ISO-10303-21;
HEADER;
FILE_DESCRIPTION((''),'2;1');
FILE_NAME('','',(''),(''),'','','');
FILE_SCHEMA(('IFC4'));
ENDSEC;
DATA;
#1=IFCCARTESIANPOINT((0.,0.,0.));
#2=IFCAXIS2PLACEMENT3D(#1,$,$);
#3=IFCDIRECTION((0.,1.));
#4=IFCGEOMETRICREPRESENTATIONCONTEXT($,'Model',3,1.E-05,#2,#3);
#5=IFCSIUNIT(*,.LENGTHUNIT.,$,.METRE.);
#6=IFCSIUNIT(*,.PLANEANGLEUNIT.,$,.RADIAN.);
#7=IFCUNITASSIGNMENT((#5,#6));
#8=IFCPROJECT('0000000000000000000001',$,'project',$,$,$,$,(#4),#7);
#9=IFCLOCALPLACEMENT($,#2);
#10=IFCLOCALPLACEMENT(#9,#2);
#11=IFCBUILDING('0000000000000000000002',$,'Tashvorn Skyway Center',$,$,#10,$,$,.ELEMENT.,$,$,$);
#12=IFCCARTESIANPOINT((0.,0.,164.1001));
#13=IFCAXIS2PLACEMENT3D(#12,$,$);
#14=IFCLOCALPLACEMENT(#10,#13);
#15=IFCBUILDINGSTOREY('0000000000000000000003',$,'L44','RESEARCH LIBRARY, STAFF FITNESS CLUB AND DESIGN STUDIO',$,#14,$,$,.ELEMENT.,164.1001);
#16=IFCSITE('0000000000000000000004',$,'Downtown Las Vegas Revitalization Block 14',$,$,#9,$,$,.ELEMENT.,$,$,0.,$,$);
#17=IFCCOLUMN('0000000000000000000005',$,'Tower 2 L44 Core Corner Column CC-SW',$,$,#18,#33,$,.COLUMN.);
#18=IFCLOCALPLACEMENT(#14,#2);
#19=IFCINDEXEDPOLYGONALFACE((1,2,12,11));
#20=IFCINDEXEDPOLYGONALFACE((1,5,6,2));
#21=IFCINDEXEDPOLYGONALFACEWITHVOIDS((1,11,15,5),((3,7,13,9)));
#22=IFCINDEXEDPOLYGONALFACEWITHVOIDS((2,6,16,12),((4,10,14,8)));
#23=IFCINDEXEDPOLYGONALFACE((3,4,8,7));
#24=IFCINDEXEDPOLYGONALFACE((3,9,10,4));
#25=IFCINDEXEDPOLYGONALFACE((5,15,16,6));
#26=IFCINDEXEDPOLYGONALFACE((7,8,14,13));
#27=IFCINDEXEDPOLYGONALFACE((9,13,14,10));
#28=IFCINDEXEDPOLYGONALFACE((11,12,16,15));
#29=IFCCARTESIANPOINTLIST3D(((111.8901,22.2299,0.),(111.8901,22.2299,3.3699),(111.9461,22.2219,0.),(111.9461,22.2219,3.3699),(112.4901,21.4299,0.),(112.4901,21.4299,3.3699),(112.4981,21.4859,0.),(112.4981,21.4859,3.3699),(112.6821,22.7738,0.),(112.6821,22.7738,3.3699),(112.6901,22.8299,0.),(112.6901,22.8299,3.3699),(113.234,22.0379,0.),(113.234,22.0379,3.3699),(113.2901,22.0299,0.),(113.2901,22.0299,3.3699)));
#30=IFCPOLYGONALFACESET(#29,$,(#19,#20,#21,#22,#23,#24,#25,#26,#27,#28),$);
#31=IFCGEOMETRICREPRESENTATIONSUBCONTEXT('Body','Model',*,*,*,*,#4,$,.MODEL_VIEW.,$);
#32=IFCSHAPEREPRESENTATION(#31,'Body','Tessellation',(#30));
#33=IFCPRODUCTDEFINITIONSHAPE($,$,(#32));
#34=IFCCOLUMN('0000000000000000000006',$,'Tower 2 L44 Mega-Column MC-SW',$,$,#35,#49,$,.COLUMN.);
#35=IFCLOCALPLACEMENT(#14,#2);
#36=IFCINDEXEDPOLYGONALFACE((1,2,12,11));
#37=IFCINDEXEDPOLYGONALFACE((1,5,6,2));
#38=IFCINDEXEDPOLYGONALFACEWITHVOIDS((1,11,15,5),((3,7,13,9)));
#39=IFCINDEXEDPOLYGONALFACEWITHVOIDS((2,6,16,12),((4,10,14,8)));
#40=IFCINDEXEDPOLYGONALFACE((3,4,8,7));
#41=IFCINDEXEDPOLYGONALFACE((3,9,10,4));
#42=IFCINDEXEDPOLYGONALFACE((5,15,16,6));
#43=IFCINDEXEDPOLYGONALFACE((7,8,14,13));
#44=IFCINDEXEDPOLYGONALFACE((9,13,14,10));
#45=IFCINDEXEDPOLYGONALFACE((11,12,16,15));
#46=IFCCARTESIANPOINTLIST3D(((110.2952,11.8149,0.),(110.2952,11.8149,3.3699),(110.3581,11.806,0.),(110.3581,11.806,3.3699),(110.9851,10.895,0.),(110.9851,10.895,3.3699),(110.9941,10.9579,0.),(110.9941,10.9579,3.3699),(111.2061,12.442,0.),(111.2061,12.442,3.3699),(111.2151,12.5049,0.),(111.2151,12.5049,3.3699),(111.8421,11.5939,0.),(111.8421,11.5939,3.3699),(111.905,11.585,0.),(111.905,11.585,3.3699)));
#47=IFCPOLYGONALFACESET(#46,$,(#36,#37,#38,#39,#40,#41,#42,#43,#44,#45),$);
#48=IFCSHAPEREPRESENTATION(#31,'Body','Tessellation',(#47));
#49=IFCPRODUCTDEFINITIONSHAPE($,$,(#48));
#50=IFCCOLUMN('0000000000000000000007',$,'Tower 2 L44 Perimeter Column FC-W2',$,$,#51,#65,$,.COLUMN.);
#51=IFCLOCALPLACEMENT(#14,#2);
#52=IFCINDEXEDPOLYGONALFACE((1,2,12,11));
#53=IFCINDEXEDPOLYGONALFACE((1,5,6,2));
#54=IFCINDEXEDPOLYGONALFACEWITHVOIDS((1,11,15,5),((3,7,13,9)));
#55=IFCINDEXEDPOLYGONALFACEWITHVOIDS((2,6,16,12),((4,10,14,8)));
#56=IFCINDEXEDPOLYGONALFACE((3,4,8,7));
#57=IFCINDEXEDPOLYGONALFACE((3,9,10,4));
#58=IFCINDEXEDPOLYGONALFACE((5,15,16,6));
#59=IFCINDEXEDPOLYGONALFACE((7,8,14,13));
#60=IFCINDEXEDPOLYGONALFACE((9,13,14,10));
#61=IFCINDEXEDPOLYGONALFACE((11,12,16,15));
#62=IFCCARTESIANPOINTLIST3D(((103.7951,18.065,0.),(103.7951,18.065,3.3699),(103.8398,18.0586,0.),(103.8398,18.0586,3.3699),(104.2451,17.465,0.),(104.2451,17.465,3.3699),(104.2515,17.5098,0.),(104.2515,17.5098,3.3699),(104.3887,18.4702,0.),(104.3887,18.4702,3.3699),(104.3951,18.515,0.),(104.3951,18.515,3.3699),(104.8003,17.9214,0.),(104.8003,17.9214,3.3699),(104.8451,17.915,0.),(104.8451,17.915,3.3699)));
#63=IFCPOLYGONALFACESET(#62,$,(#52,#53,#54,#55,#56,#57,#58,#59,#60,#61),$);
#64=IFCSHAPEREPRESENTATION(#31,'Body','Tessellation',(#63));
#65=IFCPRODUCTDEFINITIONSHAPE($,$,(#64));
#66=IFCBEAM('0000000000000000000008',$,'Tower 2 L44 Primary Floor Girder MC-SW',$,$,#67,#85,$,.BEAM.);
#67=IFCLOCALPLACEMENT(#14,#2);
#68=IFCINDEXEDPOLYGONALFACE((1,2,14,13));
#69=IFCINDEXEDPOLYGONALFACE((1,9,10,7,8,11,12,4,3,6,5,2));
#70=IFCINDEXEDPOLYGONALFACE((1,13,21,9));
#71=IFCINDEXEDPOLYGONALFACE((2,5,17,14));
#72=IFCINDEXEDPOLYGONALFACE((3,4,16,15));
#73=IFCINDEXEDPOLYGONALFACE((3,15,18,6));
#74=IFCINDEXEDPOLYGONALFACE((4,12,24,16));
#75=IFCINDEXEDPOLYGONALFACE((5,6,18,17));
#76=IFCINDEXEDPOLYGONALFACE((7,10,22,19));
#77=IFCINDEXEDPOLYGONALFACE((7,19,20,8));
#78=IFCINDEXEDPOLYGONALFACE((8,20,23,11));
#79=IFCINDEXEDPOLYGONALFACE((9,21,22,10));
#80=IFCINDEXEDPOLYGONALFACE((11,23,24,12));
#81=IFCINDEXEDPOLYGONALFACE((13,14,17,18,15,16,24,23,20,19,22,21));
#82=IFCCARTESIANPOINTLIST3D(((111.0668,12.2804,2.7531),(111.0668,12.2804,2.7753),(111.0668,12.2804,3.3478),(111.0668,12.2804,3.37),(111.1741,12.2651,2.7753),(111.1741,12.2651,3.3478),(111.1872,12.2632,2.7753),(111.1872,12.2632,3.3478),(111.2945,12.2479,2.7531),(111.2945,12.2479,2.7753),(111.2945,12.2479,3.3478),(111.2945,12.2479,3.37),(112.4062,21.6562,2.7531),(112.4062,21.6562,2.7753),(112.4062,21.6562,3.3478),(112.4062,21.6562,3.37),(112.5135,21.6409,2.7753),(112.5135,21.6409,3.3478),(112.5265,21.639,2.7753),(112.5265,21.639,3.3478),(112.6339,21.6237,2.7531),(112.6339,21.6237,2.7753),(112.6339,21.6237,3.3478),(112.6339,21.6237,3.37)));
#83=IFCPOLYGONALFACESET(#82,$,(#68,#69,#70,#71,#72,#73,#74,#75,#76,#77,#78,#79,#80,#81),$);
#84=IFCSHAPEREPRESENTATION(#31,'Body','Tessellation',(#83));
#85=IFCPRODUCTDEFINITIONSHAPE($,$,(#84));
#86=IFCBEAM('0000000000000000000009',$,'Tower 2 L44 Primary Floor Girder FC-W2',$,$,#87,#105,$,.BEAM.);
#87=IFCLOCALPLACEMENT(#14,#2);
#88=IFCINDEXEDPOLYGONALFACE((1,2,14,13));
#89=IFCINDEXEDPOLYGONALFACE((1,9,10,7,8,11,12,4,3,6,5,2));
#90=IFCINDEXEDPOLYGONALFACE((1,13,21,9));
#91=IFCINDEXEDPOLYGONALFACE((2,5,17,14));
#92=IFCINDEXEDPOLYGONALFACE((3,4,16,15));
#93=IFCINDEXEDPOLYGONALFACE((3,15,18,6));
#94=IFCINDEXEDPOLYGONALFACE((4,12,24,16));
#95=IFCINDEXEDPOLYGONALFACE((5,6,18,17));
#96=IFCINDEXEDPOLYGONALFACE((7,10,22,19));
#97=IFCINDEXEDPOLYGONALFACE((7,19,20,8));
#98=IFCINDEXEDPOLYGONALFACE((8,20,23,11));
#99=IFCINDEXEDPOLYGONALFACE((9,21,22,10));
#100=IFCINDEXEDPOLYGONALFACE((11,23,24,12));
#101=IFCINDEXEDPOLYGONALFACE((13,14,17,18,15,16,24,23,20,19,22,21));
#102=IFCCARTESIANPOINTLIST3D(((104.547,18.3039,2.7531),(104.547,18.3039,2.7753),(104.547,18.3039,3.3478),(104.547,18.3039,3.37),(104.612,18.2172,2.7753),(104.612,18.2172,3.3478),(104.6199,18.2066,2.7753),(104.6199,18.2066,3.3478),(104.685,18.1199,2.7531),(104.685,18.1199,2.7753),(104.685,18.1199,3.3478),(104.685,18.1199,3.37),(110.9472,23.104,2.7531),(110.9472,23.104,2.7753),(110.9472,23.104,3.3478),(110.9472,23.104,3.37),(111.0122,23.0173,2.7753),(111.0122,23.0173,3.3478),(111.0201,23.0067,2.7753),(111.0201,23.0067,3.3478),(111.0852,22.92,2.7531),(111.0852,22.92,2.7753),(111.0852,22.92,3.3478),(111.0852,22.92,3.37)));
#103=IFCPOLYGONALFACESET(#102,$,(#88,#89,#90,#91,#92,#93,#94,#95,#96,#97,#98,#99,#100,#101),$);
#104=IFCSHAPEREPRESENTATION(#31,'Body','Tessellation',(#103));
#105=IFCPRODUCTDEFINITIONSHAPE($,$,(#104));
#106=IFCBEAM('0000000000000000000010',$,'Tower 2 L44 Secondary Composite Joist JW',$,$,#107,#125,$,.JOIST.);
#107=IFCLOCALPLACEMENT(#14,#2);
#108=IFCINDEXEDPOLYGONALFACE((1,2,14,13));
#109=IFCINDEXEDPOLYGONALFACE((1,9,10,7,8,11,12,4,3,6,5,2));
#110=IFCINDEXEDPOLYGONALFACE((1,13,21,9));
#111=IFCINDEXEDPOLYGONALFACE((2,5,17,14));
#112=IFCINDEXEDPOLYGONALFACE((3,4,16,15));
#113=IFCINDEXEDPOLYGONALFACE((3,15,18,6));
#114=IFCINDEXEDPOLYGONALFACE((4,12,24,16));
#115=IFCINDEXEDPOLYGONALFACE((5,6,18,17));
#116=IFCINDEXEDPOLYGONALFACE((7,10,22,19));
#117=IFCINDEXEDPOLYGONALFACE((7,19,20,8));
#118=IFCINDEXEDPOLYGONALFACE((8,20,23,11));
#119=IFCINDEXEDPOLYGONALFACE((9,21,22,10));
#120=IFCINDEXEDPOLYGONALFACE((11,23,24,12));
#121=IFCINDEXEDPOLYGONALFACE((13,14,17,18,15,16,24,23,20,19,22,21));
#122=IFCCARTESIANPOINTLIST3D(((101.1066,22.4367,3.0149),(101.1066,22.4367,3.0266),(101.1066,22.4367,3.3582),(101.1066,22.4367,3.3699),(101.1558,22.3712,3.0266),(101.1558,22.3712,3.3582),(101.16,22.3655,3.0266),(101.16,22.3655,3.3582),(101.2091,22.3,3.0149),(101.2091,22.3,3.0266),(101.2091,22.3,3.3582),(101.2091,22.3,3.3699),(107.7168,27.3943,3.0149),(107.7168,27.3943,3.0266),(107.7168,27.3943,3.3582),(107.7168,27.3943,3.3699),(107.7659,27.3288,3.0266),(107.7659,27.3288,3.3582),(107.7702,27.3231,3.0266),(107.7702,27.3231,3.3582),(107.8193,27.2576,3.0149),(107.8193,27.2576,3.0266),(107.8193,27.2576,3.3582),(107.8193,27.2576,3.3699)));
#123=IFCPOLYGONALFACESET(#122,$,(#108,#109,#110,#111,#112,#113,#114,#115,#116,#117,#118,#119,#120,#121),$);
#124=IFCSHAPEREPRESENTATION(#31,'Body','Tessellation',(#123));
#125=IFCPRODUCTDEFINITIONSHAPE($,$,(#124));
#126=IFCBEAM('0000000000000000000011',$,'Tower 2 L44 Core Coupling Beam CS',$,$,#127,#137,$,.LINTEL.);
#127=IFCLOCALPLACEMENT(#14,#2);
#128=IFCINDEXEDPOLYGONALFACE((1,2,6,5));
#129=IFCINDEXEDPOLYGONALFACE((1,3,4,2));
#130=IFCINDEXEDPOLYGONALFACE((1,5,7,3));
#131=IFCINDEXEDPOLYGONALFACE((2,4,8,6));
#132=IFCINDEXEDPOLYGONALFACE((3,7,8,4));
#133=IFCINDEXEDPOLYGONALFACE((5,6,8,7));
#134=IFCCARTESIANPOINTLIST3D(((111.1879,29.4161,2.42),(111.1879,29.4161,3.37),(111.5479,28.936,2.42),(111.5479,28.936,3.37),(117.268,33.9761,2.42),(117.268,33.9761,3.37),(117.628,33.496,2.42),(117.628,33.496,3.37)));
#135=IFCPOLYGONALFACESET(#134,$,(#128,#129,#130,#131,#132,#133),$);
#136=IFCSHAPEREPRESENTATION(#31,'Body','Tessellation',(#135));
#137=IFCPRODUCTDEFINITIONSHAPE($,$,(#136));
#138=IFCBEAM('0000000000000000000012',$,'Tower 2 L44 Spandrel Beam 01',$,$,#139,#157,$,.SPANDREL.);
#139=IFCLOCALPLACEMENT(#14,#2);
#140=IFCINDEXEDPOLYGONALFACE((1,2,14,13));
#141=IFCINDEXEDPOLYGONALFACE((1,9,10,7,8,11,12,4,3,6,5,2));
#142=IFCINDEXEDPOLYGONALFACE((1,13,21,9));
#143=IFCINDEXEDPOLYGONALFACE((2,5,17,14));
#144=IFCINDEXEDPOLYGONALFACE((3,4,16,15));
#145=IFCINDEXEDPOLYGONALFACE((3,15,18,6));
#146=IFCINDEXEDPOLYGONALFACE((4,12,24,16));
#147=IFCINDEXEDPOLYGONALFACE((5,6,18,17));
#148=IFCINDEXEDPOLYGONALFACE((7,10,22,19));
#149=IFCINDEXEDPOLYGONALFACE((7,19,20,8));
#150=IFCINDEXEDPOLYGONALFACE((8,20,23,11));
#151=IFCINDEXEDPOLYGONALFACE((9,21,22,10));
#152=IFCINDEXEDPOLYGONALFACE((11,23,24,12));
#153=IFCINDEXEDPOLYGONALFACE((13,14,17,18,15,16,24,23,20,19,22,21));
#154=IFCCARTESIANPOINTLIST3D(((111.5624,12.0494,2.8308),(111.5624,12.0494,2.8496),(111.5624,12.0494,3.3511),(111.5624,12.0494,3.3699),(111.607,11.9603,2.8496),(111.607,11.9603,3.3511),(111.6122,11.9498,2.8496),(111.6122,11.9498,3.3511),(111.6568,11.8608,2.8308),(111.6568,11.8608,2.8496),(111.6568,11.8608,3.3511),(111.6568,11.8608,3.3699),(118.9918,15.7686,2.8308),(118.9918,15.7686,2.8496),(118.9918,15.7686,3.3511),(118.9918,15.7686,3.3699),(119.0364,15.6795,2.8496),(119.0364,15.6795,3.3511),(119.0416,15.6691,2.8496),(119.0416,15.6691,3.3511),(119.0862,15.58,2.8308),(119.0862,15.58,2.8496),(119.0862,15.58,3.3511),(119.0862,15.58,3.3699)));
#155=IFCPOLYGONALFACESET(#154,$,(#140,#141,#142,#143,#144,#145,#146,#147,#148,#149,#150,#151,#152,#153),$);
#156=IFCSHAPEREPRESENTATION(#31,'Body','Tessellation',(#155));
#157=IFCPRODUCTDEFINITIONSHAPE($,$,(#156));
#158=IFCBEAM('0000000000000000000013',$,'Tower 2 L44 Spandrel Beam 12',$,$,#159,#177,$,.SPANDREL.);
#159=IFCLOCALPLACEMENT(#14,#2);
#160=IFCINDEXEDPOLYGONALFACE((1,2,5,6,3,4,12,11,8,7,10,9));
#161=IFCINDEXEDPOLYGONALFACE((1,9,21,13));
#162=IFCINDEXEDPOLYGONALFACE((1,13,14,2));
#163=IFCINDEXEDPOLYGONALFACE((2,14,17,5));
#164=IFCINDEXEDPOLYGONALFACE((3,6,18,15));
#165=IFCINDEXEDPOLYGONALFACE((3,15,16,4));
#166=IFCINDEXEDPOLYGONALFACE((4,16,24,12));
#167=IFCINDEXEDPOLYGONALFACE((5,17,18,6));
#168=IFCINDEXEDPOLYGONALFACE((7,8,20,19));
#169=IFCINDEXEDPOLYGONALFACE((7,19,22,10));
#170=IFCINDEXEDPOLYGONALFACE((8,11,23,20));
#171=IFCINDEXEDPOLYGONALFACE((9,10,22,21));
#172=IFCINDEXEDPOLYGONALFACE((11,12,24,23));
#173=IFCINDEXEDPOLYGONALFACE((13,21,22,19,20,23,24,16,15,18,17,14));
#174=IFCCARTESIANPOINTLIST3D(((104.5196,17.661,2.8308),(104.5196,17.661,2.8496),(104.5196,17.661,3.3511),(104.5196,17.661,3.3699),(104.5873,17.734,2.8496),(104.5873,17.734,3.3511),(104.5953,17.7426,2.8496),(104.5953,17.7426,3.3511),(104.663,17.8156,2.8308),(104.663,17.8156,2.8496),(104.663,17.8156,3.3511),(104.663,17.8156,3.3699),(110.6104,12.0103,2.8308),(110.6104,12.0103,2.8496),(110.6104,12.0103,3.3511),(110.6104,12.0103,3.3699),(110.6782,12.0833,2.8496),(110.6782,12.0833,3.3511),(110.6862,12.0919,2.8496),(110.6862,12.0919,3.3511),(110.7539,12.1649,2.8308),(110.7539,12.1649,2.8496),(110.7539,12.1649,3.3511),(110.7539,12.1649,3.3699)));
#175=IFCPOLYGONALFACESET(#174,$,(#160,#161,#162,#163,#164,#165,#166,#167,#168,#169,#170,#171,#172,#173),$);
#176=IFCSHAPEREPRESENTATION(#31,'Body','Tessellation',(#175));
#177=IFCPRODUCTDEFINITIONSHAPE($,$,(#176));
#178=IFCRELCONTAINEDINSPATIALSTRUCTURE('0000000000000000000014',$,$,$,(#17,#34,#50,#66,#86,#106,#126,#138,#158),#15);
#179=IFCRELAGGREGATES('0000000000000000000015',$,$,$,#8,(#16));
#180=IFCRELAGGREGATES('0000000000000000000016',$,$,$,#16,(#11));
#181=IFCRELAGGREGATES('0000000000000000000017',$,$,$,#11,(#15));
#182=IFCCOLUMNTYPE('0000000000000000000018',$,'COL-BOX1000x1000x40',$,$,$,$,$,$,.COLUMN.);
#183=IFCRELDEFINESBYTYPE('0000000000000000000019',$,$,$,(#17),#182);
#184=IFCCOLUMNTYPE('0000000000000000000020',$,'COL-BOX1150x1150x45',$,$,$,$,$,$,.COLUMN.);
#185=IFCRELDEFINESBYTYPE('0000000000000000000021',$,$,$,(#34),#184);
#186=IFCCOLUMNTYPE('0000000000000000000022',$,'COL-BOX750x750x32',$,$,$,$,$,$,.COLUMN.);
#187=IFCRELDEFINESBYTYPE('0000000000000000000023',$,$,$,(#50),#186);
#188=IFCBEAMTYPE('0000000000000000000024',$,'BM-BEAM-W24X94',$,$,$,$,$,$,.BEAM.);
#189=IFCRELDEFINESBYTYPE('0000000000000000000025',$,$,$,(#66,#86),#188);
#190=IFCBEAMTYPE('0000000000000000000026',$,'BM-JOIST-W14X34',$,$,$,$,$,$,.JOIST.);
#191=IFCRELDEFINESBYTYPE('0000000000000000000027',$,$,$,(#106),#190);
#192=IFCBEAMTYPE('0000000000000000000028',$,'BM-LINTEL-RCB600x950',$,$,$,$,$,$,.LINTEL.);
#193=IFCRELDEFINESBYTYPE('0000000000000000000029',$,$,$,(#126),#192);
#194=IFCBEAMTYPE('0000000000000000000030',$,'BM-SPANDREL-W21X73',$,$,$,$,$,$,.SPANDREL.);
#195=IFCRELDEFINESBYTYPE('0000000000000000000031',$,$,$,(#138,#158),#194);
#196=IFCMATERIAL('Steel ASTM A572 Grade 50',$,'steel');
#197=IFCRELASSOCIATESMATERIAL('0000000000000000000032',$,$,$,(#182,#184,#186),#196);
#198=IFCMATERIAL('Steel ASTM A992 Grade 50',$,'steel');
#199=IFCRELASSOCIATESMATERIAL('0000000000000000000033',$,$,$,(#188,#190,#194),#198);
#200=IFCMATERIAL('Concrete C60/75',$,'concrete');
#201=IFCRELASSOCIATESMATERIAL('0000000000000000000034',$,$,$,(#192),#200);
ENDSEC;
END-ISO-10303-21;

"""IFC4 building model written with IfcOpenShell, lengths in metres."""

from ifc_helpers import new_model, si_unit, direction, frame, origin, origin_2d, place, context, subcontext, project, spatial, rectangle, hollow_rectangle, i_section, extrude, material, material_profile, profile_set, type_object, element, save


model = new_model("IFC4")

# Units and contexts
model_context = context("Model", 3, precision=1e-05, world=origin(), true_north=direction((0.0, 1.0)))
body_context = subcontext(model_context, "Body", "Model", "MODEL_VIEW")
ifc_project = project(units=[si_unit("LENGTHUNIT", "METRE"), si_unit("PLANEANGLEUNIT", "RADIAN")], contexts=[model_context])

# Site, building, storey
site_placement = place(None, origin())
site = spatial("IfcSite", under=ifc_project, at=site_placement, Name="Downtown Las Vegas Revitalization Block 14", CompositionType="ELEMENT", RefElevation=0.0)
building_placement = place(site_placement, origin())
building = spatial("IfcBuilding", under=site, at=building_placement, Name="Tashvorn Skyway Center", CompositionType="ELEMENT")
storey_placement = place(building_placement, frame((0.0, 0.0, 164.1001)))
storey = spatial("IfcBuildingStorey", under=building, at=storey_placement, Name="L44", Description="RESEARCH LIBRARY, STAFF FITNESS CLUB AND DESIGN STUDIO", CompositionType="ELEMENT", Elevation=164.1001)

# Columns
ifc_material_1 = material(Name="Steel ASTM A572 Grade 50", Category="steel")
ifc_material_profile_1 = material_profile(ifc_material_1, hollow_rectangle(XDim=1.0, YDim=1.0, WallThickness=0.04, at=origin_2d()), Name="BOX1000x1000x40")
ifc_profile_set_1 = profile_set([ifc_material_profile_1], Name="Steel ASTM A572 Grade 50")
column_type_1 = type_object("IfcColumnType", Name="COL-BOX1000x1000x40", PredefinedType="COLUMN", material=ifc_profile_set_1)
column_1_placement = place(storey_placement, frame((112.5901, 22.1299, 0.0), z_axis=(0.0, 0.0, 1.0), x_axis=(0.8, 0.6, 0.0)))
element("IfcColumn", 1, at=column_1_placement, inside=storey, type_object=column_type_1, Name="Tower 2 L44 Core Corner Column CC-SW", PredefinedType="COLUMN", context=body_context, shape_type="SweptSolid", body=[
    extrude(hollow_rectangle(XDim=1.0, YDim=1.0, WallThickness=0.04, at=origin_2d()), origin(), (0.0, 0.0, 1.0), 3.3699),
])
ifc_material_profile_2 = material_profile(ifc_material_1, hollow_rectangle(XDim=1.1499, YDim=1.1499, WallThickness=0.0449, at=origin_2d()), Name="BOX1150x1150x45")
ifc_profile_set_2 = profile_set([ifc_material_profile_2], Name="Steel ASTM A572 Grade 50")
column_type_2 = type_object("IfcColumnType", Name="COL-BOX1150x1150x45", PredefinedType="COLUMN", material=ifc_profile_set_2)
column_2_placement = place(storey_placement, frame((111.1001, 11.7, 0.0), z_axis=(0.0, 0.0, 1.0), x_axis=(0.8, 0.6, 0.0)))
element("IfcColumn", 2, at=column_2_placement, inside=storey, type_object=column_type_2, Name="Tower 2 L44 Mega-Column MC-SW", PredefinedType="COLUMN", context=body_context, shape_type="SweptSolid", body=[
    extrude(hollow_rectangle(XDim=1.1499, YDim=1.1499, WallThickness=0.0449, at=origin_2d()), origin(), (0.0, 0.0, 1.0), 3.3699),
])
ifc_material_profile_3 = material_profile(ifc_material_1, hollow_rectangle(XDim=0.75, YDim=0.75, WallThickness=0.032, at=origin_2d()), Name="BOX750x750x32")
ifc_profile_set_3 = profile_set([ifc_material_profile_3], Name="Steel ASTM A572 Grade 50")
column_type_3 = type_object("IfcColumnType", Name="COL-BOX750x750x32", PredefinedType="COLUMN", material=ifc_profile_set_3)
column_3_placement = place(storey_placement, frame((104.3201, 17.99, 0.0), z_axis=(0.0, 0.0, 1.0), x_axis=(0.8, 0.6, 0.0)))
element("IfcColumn", 3, at=column_3_placement, inside=storey, type_object=column_type_3, Name="Tower 2 L44 Perimeter Column FC-W2", PredefinedType="COLUMN", context=body_context, shape_type="SweptSolid", body=[
    extrude(hollow_rectangle(XDim=0.75, YDim=0.75, WallThickness=0.032, at=origin_2d()), origin(), (0.0, 0.0, 1.0), 3.3699),
])

# Beams
ifc_material_2 = material(Name="Steel ASTM A992 Grade 50", Category="steel")
ifc_material_profile_4 = material_profile(ifc_material_2, i_section(OverallWidth=0.23, OverallDepth=0.6169, WebThickness=0.0132, FlangeThickness=0.0222, at=origin_2d()), Name="W24X94")
ifc_profile_set_4 = profile_set([ifc_material_profile_4], Name="Steel ASTM A992 Grade 50")
beam_type_1 = type_object("IfcBeamType", Name="BM-BEAM-W24X94", PredefinedType="BEAM", material=ifc_profile_set_4)
beam_1_placement = place(storey_placement, frame((111.1807, 12.2642, 3.0615), z_axis=(0.141418, 0.98995, 0.0), x_axis=(-0.98995, 0.141418, 0.0)))
element("IfcBeam", 4, at=beam_1_placement, inside=storey, type_object=beam_type_1, Name="Tower 2 L44 Primary Floor Girder MC-SW", PredefinedType="BEAM", context=body_context, shape_type="SweptSolid", body=[
    extrude(i_section(OverallWidth=0.23, OverallDepth=0.6169, WebThickness=0.0132, FlangeThickness=0.0222, at=origin_2d()), origin(), (0.0, 0.0, 1.0), 9.4709),
])
beam_2_placement = place(storey_placement, frame((104.616, 18.2119, 3.0615), z_axis=(0.800004, 0.599995, 0.0), x_axis=(-0.599995, 0.800004, 0.0)))
element("IfcBeam", 5, at=beam_2_placement, inside=storey, type_object=beam_type_1, Name="Tower 2 L44 Primary Floor Girder FC-W2", PredefinedType="BEAM", context=body_context, shape_type="SweptSolid", body=[
    extrude(i_section(OverallWidth=0.23, OverallDepth=0.6169, WebThickness=0.0132, FlangeThickness=0.0222, at=origin_2d()), origin(), (0.0, 0.0, 1.0), 8.0002),
])
ifc_material_profile_5 = material_profile(ifc_material_2, i_section(OverallWidth=0.1709, OverallDepth=0.355, WebThickness=0.0071, FlangeThickness=0.0117, at=origin_2d()), Name="W14X34")
ifc_profile_set_5 = profile_set([ifc_material_profile_5], Name="Steel ASTM A992 Grade 50")
beam_type_2 = type_object("IfcBeamType", Name="BM-JOIST-W14X34", PredefinedType="JOIST", material=ifc_profile_set_5)
beam_3_placement = place(storey_placement, frame((107.7681, 27.3259, 3.1924), z_axis=(-0.800004, -0.599995, 0.0), x_axis=(0.599995, -0.800004, 0.0)))
element("IfcBeam", 6, at=beam_3_placement, inside=storey, type_object=beam_type_2, Name="Tower 2 L44 Secondary Composite Joist JW", PredefinedType="JOIST", context=body_context, shape_type="SweptSolid", body=[
    extrude(i_section(OverallWidth=0.1709, OverallDepth=0.355, WebThickness=0.0071, FlangeThickness=0.0117, at=origin_2d()), origin(), (0.0, 0.0, 1.0), 8.2627),
])
ifc_material_3 = material(Name="Concrete C60/75", Category="concrete")
ifc_material_profile_6 = material_profile(ifc_material_3, rectangle(XDim=0.6001, YDim=0.95, at=origin_2d()), Name="RCB600x950")
ifc_profile_set_6 = profile_set([ifc_material_profile_6], Name="Concrete C60/75")
beam_type_3 = type_object("IfcBeamType", Name="BM-LINTEL-RCB600x950", PredefinedType="LINTEL", material=ifc_profile_set_6)
beam_4_placement = place(storey_placement, frame((111.3679, 29.176, 2.895), z_axis=(0.8, 0.6, 0.0), x_axis=(-0.6, 0.8, 0.0)))
element("IfcBeam", 7, at=beam_4_placement, inside=storey, type_object=beam_type_3, Name="Tower 2 L44 Core Coupling Beam CS", PredefinedType="LINTEL", context=body_context, shape_type="SweptSolid", body=[
    extrude(rectangle(XDim=0.6001, YDim=0.95, at=origin_2d()), origin(), (0.0, 0.0, 1.0), 7.6001),
])
ifc_material_profile_7 = material_profile(ifc_material_2, i_section(OverallWidth=0.2109, OverallDepth=0.5391, WebThickness=0.0117, FlangeThickness=0.0188, at=origin_2d()), Name="W21X73")
ifc_profile_set_7 = profile_set([ifc_material_profile_7], Name="Steel ASTM A992 Grade 50")
beam_type_4 = type_object("IfcBeamType", Name="BM-SPANDREL-W21X73", PredefinedType="SPANDREL", material=ifc_profile_set_7)
for number, where, z_axis, x_axis, name in (
    (8, (111.6096, 11.9551, 3.1003), (0.89421, 0.447648, 0.0), (-0.447648, 0.89421, 0.0), "Tower 2 L44 Spandrel Beam 01"),
    (9, (104.5913, 17.7383, 3.1003), (0.733101, -0.68012, 0.0), (0.68012, 0.733101, 0.0), "Tower 2 L44 Spandrel Beam 12"),
):
    element("IfcBeam", number, at=place(storey_placement, frame(where, z_axis=z_axis, x_axis=x_axis)), inside=storey, type_object=beam_type_4, Name=name, PredefinedType="SPANDREL", context=body_context, shape_type="SweptSolid", body=[
        extrude(i_section(OverallWidth=0.2109, OverallDepth=0.5391, WebThickness=0.0117, FlangeThickness=0.0188, at=origin_2d()), origin(), (0.0, 0.0, 1.0), 8.3083),
    ])

save(model, "model.ifc")
